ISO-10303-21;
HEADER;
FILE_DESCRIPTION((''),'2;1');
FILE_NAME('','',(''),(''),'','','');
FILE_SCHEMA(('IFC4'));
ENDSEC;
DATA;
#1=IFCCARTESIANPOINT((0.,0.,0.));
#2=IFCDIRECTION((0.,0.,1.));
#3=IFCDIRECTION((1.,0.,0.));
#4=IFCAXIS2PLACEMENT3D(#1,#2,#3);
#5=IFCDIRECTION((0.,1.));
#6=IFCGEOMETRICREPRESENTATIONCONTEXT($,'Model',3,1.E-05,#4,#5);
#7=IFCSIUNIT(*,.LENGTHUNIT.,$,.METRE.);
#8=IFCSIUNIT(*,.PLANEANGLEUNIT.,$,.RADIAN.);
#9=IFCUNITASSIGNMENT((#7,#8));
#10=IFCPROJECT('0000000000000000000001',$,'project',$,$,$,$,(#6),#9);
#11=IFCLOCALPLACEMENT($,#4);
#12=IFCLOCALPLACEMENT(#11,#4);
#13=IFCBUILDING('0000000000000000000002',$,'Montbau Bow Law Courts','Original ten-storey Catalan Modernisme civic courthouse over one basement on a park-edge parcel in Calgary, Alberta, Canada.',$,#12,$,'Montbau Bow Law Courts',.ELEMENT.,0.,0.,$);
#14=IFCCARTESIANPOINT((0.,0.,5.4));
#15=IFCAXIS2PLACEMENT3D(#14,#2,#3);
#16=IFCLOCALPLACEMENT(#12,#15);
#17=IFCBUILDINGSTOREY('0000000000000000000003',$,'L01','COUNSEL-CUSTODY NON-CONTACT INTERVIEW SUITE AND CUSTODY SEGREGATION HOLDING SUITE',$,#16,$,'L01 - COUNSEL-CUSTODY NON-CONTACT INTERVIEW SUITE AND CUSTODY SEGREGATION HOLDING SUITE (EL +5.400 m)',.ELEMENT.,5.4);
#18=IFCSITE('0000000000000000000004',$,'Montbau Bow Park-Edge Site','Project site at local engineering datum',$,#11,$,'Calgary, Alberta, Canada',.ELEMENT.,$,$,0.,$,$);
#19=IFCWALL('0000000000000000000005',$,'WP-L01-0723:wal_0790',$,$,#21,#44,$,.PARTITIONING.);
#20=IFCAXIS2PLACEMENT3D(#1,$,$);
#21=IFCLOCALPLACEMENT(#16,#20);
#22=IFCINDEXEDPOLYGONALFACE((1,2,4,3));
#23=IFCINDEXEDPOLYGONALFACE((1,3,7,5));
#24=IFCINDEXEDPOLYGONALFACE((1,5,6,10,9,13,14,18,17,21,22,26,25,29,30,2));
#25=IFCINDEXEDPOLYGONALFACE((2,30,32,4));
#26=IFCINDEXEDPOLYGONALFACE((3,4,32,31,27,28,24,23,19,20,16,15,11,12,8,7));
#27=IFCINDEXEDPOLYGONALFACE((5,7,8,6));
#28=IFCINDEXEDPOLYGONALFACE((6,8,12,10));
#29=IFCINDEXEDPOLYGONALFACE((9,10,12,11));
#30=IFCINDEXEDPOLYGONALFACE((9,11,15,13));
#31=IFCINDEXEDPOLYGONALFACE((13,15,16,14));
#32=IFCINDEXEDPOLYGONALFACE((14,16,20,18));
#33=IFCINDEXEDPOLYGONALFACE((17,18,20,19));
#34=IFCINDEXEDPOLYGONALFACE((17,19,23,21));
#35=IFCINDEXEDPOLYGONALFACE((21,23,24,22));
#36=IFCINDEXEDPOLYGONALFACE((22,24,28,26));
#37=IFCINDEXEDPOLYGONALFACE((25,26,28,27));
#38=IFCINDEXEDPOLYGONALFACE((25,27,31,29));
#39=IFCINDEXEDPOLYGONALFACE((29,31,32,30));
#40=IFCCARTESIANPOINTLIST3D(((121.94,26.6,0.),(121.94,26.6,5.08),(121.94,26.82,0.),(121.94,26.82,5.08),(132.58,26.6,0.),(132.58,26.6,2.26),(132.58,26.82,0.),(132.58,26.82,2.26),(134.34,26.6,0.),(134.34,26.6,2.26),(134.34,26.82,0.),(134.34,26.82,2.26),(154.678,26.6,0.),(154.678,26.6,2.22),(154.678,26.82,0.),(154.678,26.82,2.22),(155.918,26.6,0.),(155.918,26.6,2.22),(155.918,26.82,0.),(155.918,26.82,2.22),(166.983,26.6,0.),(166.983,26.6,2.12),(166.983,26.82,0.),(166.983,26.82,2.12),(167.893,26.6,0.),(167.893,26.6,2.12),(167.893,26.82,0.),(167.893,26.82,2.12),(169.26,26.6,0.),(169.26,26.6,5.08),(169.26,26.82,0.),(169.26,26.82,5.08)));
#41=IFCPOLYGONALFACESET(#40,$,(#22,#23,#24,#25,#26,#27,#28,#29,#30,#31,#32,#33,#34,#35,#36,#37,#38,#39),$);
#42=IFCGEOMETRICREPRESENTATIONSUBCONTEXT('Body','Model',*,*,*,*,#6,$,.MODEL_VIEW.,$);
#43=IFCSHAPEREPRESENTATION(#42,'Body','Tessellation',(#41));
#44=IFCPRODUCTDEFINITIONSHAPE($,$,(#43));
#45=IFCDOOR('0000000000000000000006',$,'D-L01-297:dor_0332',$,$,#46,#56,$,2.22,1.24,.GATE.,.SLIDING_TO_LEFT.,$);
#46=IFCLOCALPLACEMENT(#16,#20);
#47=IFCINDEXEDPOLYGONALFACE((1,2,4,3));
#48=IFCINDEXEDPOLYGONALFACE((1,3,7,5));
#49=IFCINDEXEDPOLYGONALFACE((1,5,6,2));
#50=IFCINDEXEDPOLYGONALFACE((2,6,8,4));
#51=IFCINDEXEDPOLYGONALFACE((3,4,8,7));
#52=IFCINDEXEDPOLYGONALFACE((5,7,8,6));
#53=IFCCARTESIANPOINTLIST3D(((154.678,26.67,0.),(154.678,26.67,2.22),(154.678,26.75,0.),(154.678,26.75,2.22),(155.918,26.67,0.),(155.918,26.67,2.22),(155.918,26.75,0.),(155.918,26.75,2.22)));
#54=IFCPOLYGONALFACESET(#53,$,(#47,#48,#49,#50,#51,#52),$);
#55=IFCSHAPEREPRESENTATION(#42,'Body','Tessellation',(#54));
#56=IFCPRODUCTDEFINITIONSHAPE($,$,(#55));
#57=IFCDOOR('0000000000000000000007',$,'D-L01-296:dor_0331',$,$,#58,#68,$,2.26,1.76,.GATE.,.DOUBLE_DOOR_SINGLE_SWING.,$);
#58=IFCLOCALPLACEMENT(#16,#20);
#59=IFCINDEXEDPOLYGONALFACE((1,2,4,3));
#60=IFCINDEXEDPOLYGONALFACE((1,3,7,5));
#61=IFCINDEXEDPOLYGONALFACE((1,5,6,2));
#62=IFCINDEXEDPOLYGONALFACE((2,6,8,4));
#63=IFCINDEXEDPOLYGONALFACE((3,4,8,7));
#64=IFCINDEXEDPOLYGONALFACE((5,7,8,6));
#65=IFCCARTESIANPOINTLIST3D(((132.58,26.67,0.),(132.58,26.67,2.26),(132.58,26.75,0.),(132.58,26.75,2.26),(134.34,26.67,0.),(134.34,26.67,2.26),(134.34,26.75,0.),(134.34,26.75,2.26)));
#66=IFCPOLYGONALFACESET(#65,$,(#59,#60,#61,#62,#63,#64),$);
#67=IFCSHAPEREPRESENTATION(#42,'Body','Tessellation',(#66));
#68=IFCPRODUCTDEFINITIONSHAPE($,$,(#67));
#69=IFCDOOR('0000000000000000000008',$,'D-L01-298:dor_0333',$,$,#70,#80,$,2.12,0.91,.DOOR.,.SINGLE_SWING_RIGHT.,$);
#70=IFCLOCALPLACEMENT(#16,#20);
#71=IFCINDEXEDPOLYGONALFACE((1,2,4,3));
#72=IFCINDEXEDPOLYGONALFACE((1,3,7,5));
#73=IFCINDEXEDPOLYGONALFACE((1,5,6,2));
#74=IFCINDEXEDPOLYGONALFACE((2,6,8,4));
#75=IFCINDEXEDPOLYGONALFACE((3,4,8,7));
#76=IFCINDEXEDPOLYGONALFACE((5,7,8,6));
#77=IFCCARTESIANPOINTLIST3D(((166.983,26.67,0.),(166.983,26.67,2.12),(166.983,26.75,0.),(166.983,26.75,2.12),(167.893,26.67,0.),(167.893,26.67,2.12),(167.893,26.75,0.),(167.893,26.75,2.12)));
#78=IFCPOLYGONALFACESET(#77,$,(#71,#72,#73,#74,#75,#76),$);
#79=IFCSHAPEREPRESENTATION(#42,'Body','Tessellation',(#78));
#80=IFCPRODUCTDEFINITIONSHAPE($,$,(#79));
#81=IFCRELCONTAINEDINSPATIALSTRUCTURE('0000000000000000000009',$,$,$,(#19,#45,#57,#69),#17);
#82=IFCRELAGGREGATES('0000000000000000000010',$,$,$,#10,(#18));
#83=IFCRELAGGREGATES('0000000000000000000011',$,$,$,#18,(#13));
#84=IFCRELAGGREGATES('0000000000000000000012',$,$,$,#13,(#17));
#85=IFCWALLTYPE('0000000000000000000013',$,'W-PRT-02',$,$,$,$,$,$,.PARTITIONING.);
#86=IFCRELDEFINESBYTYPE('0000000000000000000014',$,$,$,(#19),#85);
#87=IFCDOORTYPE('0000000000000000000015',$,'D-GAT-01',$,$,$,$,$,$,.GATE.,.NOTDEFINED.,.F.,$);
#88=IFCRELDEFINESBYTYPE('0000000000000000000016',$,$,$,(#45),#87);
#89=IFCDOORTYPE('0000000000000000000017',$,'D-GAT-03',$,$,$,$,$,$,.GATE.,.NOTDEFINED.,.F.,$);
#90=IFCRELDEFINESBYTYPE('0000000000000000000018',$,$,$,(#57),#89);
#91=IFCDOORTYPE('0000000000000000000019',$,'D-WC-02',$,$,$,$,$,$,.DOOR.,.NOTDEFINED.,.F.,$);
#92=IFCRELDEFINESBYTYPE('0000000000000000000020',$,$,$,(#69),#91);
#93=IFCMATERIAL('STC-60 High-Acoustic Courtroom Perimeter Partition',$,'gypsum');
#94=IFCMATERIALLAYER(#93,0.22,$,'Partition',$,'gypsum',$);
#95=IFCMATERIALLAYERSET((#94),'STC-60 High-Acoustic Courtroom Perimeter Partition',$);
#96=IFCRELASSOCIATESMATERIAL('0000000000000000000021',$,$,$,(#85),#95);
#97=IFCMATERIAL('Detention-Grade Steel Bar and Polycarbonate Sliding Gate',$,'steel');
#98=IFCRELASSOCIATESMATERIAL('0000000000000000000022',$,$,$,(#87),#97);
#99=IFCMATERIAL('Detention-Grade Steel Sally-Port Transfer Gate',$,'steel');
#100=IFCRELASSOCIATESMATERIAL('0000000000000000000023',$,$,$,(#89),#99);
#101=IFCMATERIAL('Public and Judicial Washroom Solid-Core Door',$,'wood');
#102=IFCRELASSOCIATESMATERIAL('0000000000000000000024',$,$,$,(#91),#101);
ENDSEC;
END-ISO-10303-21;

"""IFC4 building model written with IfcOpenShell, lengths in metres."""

from ifc_helpers import new_model, si_unit, direction, frame, frame_2d, origin_with_axes, place, context, subcontext, project, spatial, rectangle, extrude, material, layer, layer_set, type_object, element, fill, save


model = new_model("IFC4")

# Units and contexts
model_context = context("Model", 3, precision=1e-05, world=origin_with_axes(), true_north=direction((0.0, 1.0)))
body_context = subcontext(model_context, "Body", "Model", "MODEL_VIEW")
ifc_project = project(units=[si_unit("LENGTHUNIT", "METRE"), si_unit("PLANEANGLEUNIT", "RADIAN")], contexts=[model_context])

# Site, building, storey
site_placement = place(None, origin_with_axes())
site = spatial("IfcSite", under=ifc_project, at=site_placement, Name="Montbau Bow Park-Edge Site", Description="Project site at local engineering datum", LongName="Calgary, Alberta, Canada", CompositionType="ELEMENT", RefElevation=0.0)
building_placement = place(site_placement, origin_with_axes())
building = spatial("IfcBuilding", under=site, at=building_placement, Name="Montbau Bow Law Courts", Description="Original ten-storey Catalan Modernisme civic courthouse over one basement on a park-edge parcel in Calgary, Alberta, Canada.", LongName="Montbau Bow Law Courts", CompositionType="ELEMENT", ElevationOfRefHeight=0.0, ElevationOfTerrain=0.0)
storey_placement = place(building_placement, frame((0.0, 0.0, 5.4), z_axis=(0.0, 0.0, 1.0), x_axis=(1.0, 0.0, 0.0)))
storey = spatial("IfcBuildingStorey", under=building, at=storey_placement, Name="L01", Description="COUNSEL-CUSTODY NON-CONTACT INTERVIEW SUITE AND CUSTODY SEGREGATION HOLDING SUITE", LongName="L01 - COUNSEL-CUSTODY NON-CONTACT INTERVIEW SUITE AND CUSTODY SEGREGATION HOLDING SUITE (EL +5.400 m)", CompositionType="ELEMENT", Elevation=5.4)

# Shared definitions
ifc_material_1 = material(Name="STC-60 High-Acoustic Courtroom Perimeter Partition", Category="gypsum")
ifc_layer_1 = layer(ifc_material_1, 0.22, Name="Partition", Category="gypsum")
ifc_layer_set_1 = layer_set([ifc_layer_1], Name="STC-60 High-Acoustic Courtroom Perimeter Partition")
wall_type_1 = type_object("IfcWallType", Name="W-PRT-02", PredefinedType="PARTITIONING", material=ifc_layer_set_1)

# Wall, openings, doors
wall_1_placement = place(None, frame((121.94, 26.71, 5.4), z_axis=(0.0, 0.0, 1.0), x_axis=(1.0, 0.0, 0.0)))
wall_1 = element("IfcWall", 1, at=wall_1_placement, inside=storey, type_object=wall_type_1, Name="WP-L01-0723:wal_0790", PredefinedType="PARTITIONING", context=body_context, shape_type="SweptSolid", body=[
    extrude(rectangle(XDim=47.32, YDim=0.22, at=frame_2d((23.66, 0.0), x_axis=(1.0, 0.0))), origin_with_axes(), (0.0, 0.0, 1.0), 5.08),
])
opening_1_placement = place(None, frame((133.46, 26.71, 5.4), z_axis=(0.0, 0.0, 1.0), x_axis=(1.0, 0.0, 0.0)))
opening_1 = element("IfcOpeningElement", 2, at=opening_1_placement, cuts=wall_1, PredefinedType="OPENING", context=body_context, shape_type="SweptSolid", body=[
    extrude(rectangle(XDim=1.76, YDim=2.26, at=frame_2d((0.0, 1.13), x_axis=(1.0, 0.0))), frame((0.0, 0.12, 0.0), z_axis=(0.0, -1.0, 0.0), x_axis=(1.0, 0.0, 0.0)), (0.0, 0.0, 1.0), 0.24),
])
opening_2_placement = place(None, frame((155.298, 26.71, 5.4), z_axis=(0.0, 0.0, 1.0), x_axis=(1.0, 0.0, 0.0)))
opening_2 = element("IfcOpeningElement", 3, at=opening_2_placement, cuts=wall_1, PredefinedType="OPENING", context=body_context, shape_type="SweptSolid", body=[
    extrude(rectangle(XDim=1.24, YDim=2.22, at=frame_2d((0.0, 1.11), x_axis=(1.0, 0.0))), frame((0.0, 0.12, 0.0), z_axis=(0.0, -1.0, 0.0), x_axis=(1.0, 0.0, 0.0)), (0.0, 0.0, 1.0), 0.24),
])
opening_3_placement = place(None, frame((167.438, 26.71, 5.4), z_axis=(0.0, 0.0, 1.0), x_axis=(1.0, 0.0, 0.0)))
opening_3 = element("IfcOpeningElement", 4, at=opening_3_placement, cuts=wall_1, PredefinedType="OPENING", context=body_context, shape_type="SweptSolid", body=[
    extrude(rectangle(XDim=0.91, YDim=2.12, at=frame_2d((0.0, 1.06), x_axis=(1.0, 0.0))), frame((0.0, 0.12, 0.0), z_axis=(0.0, -1.0, 0.0), x_axis=(1.0, 0.0, 0.0)), (0.0, 0.0, 1.0), 0.24),
])
ifc_material_2 = material(Name="Detention-Grade Steel Bar and Polycarbonate Sliding Gate", Category="steel")
door_type_1 = type_object("IfcDoorType", Name="D-GAT-01", OperationType="NOTDEFINED", ParameterTakesPrecedence=False, PredefinedType="GATE", material=ifc_material_2)
door_1_placement = place(None, frame((155.298, 26.71, 5.4), z_axis=(0.0, 0.0, 1.0), x_axis=(1.0, 0.0, 0.0)))
door_1 = element("IfcDoor", 5, at=door_1_placement, inside=storey, type_object=door_type_1, Name="D-L01-297:dor_0332", OperationType="SLIDING_TO_LEFT", OverallHeight=2.22, OverallWidth=1.24, PredefinedType="GATE", context=body_context, shape_type="SweptSolid", body=[
    extrude(rectangle(XDim=1.24, YDim=2.22, at=frame_2d((0.0, 1.11), x_axis=(1.0, 0.0))), frame((0.0, 0.04, 0.0), z_axis=(0.0, -1.0, 0.0), x_axis=(1.0, 0.0, 0.0)), (0.0, 0.0, 1.0), 0.08),
])
fill(opening_2, door_1)
ifc_material_3 = material(Name="Detention-Grade Steel Sally-Port Transfer Gate", Category="steel")
door_type_2 = type_object("IfcDoorType", Name="D-GAT-03", OperationType="NOTDEFINED", ParameterTakesPrecedence=False, PredefinedType="GATE", material=ifc_material_3)
door_2_placement = place(None, frame((133.46, 26.71, 5.4), z_axis=(0.0, 0.0, 1.0), x_axis=(1.0, 0.0, 0.0)))
door_2 = element("IfcDoor", 6, at=door_2_placement, inside=storey, type_object=door_type_2, Name="D-L01-296:dor_0331", OperationType="DOUBLE_DOOR_SINGLE_SWING", OverallHeight=2.26, OverallWidth=1.76, PredefinedType="GATE", context=body_context, shape_type="SweptSolid", body=[
    extrude(rectangle(XDim=1.76, YDim=2.26, at=frame_2d((0.0, 1.13), x_axis=(1.0, 0.0))), frame((0.0, 0.04, 0.0), z_axis=(0.0, -1.0, 0.0), x_axis=(1.0, 0.0, 0.0)), (0.0, 0.0, 1.0), 0.08),
])
fill(opening_1, door_2)
ifc_material_4 = material(Name="Public and Judicial Washroom Solid-Core Door", Category="wood")
door_type_3 = type_object("IfcDoorType", Name="D-WC-02", OperationType="NOTDEFINED", ParameterTakesPrecedence=False, PredefinedType="DOOR", material=ifc_material_4)
door_3_placement = place(None, frame((167.438, 26.71, 5.4), z_axis=(0.0, 0.0, 1.0), x_axis=(1.0, 0.0, 0.0)))
door_3 = element("IfcDoor", 7, at=door_3_placement, inside=storey, type_object=door_type_3, Name="D-L01-298:dor_0333", OperationType="SINGLE_SWING_RIGHT", OverallHeight=2.12, OverallWidth=0.91, PredefinedType="DOOR", context=body_context, shape_type="SweptSolid", body=[
    extrude(rectangle(XDim=0.91, YDim=2.12, at=frame_2d((0.0, 1.06), x_axis=(1.0, 0.0))), frame((0.0, 0.04, 0.0), z_axis=(0.0, -1.0, 0.0), x_axis=(1.0, 0.0, 0.0)), (0.0, 0.0, 1.0), 0.08),
])
fill(opening_3, door_3)

save(model, "model.ifc")
